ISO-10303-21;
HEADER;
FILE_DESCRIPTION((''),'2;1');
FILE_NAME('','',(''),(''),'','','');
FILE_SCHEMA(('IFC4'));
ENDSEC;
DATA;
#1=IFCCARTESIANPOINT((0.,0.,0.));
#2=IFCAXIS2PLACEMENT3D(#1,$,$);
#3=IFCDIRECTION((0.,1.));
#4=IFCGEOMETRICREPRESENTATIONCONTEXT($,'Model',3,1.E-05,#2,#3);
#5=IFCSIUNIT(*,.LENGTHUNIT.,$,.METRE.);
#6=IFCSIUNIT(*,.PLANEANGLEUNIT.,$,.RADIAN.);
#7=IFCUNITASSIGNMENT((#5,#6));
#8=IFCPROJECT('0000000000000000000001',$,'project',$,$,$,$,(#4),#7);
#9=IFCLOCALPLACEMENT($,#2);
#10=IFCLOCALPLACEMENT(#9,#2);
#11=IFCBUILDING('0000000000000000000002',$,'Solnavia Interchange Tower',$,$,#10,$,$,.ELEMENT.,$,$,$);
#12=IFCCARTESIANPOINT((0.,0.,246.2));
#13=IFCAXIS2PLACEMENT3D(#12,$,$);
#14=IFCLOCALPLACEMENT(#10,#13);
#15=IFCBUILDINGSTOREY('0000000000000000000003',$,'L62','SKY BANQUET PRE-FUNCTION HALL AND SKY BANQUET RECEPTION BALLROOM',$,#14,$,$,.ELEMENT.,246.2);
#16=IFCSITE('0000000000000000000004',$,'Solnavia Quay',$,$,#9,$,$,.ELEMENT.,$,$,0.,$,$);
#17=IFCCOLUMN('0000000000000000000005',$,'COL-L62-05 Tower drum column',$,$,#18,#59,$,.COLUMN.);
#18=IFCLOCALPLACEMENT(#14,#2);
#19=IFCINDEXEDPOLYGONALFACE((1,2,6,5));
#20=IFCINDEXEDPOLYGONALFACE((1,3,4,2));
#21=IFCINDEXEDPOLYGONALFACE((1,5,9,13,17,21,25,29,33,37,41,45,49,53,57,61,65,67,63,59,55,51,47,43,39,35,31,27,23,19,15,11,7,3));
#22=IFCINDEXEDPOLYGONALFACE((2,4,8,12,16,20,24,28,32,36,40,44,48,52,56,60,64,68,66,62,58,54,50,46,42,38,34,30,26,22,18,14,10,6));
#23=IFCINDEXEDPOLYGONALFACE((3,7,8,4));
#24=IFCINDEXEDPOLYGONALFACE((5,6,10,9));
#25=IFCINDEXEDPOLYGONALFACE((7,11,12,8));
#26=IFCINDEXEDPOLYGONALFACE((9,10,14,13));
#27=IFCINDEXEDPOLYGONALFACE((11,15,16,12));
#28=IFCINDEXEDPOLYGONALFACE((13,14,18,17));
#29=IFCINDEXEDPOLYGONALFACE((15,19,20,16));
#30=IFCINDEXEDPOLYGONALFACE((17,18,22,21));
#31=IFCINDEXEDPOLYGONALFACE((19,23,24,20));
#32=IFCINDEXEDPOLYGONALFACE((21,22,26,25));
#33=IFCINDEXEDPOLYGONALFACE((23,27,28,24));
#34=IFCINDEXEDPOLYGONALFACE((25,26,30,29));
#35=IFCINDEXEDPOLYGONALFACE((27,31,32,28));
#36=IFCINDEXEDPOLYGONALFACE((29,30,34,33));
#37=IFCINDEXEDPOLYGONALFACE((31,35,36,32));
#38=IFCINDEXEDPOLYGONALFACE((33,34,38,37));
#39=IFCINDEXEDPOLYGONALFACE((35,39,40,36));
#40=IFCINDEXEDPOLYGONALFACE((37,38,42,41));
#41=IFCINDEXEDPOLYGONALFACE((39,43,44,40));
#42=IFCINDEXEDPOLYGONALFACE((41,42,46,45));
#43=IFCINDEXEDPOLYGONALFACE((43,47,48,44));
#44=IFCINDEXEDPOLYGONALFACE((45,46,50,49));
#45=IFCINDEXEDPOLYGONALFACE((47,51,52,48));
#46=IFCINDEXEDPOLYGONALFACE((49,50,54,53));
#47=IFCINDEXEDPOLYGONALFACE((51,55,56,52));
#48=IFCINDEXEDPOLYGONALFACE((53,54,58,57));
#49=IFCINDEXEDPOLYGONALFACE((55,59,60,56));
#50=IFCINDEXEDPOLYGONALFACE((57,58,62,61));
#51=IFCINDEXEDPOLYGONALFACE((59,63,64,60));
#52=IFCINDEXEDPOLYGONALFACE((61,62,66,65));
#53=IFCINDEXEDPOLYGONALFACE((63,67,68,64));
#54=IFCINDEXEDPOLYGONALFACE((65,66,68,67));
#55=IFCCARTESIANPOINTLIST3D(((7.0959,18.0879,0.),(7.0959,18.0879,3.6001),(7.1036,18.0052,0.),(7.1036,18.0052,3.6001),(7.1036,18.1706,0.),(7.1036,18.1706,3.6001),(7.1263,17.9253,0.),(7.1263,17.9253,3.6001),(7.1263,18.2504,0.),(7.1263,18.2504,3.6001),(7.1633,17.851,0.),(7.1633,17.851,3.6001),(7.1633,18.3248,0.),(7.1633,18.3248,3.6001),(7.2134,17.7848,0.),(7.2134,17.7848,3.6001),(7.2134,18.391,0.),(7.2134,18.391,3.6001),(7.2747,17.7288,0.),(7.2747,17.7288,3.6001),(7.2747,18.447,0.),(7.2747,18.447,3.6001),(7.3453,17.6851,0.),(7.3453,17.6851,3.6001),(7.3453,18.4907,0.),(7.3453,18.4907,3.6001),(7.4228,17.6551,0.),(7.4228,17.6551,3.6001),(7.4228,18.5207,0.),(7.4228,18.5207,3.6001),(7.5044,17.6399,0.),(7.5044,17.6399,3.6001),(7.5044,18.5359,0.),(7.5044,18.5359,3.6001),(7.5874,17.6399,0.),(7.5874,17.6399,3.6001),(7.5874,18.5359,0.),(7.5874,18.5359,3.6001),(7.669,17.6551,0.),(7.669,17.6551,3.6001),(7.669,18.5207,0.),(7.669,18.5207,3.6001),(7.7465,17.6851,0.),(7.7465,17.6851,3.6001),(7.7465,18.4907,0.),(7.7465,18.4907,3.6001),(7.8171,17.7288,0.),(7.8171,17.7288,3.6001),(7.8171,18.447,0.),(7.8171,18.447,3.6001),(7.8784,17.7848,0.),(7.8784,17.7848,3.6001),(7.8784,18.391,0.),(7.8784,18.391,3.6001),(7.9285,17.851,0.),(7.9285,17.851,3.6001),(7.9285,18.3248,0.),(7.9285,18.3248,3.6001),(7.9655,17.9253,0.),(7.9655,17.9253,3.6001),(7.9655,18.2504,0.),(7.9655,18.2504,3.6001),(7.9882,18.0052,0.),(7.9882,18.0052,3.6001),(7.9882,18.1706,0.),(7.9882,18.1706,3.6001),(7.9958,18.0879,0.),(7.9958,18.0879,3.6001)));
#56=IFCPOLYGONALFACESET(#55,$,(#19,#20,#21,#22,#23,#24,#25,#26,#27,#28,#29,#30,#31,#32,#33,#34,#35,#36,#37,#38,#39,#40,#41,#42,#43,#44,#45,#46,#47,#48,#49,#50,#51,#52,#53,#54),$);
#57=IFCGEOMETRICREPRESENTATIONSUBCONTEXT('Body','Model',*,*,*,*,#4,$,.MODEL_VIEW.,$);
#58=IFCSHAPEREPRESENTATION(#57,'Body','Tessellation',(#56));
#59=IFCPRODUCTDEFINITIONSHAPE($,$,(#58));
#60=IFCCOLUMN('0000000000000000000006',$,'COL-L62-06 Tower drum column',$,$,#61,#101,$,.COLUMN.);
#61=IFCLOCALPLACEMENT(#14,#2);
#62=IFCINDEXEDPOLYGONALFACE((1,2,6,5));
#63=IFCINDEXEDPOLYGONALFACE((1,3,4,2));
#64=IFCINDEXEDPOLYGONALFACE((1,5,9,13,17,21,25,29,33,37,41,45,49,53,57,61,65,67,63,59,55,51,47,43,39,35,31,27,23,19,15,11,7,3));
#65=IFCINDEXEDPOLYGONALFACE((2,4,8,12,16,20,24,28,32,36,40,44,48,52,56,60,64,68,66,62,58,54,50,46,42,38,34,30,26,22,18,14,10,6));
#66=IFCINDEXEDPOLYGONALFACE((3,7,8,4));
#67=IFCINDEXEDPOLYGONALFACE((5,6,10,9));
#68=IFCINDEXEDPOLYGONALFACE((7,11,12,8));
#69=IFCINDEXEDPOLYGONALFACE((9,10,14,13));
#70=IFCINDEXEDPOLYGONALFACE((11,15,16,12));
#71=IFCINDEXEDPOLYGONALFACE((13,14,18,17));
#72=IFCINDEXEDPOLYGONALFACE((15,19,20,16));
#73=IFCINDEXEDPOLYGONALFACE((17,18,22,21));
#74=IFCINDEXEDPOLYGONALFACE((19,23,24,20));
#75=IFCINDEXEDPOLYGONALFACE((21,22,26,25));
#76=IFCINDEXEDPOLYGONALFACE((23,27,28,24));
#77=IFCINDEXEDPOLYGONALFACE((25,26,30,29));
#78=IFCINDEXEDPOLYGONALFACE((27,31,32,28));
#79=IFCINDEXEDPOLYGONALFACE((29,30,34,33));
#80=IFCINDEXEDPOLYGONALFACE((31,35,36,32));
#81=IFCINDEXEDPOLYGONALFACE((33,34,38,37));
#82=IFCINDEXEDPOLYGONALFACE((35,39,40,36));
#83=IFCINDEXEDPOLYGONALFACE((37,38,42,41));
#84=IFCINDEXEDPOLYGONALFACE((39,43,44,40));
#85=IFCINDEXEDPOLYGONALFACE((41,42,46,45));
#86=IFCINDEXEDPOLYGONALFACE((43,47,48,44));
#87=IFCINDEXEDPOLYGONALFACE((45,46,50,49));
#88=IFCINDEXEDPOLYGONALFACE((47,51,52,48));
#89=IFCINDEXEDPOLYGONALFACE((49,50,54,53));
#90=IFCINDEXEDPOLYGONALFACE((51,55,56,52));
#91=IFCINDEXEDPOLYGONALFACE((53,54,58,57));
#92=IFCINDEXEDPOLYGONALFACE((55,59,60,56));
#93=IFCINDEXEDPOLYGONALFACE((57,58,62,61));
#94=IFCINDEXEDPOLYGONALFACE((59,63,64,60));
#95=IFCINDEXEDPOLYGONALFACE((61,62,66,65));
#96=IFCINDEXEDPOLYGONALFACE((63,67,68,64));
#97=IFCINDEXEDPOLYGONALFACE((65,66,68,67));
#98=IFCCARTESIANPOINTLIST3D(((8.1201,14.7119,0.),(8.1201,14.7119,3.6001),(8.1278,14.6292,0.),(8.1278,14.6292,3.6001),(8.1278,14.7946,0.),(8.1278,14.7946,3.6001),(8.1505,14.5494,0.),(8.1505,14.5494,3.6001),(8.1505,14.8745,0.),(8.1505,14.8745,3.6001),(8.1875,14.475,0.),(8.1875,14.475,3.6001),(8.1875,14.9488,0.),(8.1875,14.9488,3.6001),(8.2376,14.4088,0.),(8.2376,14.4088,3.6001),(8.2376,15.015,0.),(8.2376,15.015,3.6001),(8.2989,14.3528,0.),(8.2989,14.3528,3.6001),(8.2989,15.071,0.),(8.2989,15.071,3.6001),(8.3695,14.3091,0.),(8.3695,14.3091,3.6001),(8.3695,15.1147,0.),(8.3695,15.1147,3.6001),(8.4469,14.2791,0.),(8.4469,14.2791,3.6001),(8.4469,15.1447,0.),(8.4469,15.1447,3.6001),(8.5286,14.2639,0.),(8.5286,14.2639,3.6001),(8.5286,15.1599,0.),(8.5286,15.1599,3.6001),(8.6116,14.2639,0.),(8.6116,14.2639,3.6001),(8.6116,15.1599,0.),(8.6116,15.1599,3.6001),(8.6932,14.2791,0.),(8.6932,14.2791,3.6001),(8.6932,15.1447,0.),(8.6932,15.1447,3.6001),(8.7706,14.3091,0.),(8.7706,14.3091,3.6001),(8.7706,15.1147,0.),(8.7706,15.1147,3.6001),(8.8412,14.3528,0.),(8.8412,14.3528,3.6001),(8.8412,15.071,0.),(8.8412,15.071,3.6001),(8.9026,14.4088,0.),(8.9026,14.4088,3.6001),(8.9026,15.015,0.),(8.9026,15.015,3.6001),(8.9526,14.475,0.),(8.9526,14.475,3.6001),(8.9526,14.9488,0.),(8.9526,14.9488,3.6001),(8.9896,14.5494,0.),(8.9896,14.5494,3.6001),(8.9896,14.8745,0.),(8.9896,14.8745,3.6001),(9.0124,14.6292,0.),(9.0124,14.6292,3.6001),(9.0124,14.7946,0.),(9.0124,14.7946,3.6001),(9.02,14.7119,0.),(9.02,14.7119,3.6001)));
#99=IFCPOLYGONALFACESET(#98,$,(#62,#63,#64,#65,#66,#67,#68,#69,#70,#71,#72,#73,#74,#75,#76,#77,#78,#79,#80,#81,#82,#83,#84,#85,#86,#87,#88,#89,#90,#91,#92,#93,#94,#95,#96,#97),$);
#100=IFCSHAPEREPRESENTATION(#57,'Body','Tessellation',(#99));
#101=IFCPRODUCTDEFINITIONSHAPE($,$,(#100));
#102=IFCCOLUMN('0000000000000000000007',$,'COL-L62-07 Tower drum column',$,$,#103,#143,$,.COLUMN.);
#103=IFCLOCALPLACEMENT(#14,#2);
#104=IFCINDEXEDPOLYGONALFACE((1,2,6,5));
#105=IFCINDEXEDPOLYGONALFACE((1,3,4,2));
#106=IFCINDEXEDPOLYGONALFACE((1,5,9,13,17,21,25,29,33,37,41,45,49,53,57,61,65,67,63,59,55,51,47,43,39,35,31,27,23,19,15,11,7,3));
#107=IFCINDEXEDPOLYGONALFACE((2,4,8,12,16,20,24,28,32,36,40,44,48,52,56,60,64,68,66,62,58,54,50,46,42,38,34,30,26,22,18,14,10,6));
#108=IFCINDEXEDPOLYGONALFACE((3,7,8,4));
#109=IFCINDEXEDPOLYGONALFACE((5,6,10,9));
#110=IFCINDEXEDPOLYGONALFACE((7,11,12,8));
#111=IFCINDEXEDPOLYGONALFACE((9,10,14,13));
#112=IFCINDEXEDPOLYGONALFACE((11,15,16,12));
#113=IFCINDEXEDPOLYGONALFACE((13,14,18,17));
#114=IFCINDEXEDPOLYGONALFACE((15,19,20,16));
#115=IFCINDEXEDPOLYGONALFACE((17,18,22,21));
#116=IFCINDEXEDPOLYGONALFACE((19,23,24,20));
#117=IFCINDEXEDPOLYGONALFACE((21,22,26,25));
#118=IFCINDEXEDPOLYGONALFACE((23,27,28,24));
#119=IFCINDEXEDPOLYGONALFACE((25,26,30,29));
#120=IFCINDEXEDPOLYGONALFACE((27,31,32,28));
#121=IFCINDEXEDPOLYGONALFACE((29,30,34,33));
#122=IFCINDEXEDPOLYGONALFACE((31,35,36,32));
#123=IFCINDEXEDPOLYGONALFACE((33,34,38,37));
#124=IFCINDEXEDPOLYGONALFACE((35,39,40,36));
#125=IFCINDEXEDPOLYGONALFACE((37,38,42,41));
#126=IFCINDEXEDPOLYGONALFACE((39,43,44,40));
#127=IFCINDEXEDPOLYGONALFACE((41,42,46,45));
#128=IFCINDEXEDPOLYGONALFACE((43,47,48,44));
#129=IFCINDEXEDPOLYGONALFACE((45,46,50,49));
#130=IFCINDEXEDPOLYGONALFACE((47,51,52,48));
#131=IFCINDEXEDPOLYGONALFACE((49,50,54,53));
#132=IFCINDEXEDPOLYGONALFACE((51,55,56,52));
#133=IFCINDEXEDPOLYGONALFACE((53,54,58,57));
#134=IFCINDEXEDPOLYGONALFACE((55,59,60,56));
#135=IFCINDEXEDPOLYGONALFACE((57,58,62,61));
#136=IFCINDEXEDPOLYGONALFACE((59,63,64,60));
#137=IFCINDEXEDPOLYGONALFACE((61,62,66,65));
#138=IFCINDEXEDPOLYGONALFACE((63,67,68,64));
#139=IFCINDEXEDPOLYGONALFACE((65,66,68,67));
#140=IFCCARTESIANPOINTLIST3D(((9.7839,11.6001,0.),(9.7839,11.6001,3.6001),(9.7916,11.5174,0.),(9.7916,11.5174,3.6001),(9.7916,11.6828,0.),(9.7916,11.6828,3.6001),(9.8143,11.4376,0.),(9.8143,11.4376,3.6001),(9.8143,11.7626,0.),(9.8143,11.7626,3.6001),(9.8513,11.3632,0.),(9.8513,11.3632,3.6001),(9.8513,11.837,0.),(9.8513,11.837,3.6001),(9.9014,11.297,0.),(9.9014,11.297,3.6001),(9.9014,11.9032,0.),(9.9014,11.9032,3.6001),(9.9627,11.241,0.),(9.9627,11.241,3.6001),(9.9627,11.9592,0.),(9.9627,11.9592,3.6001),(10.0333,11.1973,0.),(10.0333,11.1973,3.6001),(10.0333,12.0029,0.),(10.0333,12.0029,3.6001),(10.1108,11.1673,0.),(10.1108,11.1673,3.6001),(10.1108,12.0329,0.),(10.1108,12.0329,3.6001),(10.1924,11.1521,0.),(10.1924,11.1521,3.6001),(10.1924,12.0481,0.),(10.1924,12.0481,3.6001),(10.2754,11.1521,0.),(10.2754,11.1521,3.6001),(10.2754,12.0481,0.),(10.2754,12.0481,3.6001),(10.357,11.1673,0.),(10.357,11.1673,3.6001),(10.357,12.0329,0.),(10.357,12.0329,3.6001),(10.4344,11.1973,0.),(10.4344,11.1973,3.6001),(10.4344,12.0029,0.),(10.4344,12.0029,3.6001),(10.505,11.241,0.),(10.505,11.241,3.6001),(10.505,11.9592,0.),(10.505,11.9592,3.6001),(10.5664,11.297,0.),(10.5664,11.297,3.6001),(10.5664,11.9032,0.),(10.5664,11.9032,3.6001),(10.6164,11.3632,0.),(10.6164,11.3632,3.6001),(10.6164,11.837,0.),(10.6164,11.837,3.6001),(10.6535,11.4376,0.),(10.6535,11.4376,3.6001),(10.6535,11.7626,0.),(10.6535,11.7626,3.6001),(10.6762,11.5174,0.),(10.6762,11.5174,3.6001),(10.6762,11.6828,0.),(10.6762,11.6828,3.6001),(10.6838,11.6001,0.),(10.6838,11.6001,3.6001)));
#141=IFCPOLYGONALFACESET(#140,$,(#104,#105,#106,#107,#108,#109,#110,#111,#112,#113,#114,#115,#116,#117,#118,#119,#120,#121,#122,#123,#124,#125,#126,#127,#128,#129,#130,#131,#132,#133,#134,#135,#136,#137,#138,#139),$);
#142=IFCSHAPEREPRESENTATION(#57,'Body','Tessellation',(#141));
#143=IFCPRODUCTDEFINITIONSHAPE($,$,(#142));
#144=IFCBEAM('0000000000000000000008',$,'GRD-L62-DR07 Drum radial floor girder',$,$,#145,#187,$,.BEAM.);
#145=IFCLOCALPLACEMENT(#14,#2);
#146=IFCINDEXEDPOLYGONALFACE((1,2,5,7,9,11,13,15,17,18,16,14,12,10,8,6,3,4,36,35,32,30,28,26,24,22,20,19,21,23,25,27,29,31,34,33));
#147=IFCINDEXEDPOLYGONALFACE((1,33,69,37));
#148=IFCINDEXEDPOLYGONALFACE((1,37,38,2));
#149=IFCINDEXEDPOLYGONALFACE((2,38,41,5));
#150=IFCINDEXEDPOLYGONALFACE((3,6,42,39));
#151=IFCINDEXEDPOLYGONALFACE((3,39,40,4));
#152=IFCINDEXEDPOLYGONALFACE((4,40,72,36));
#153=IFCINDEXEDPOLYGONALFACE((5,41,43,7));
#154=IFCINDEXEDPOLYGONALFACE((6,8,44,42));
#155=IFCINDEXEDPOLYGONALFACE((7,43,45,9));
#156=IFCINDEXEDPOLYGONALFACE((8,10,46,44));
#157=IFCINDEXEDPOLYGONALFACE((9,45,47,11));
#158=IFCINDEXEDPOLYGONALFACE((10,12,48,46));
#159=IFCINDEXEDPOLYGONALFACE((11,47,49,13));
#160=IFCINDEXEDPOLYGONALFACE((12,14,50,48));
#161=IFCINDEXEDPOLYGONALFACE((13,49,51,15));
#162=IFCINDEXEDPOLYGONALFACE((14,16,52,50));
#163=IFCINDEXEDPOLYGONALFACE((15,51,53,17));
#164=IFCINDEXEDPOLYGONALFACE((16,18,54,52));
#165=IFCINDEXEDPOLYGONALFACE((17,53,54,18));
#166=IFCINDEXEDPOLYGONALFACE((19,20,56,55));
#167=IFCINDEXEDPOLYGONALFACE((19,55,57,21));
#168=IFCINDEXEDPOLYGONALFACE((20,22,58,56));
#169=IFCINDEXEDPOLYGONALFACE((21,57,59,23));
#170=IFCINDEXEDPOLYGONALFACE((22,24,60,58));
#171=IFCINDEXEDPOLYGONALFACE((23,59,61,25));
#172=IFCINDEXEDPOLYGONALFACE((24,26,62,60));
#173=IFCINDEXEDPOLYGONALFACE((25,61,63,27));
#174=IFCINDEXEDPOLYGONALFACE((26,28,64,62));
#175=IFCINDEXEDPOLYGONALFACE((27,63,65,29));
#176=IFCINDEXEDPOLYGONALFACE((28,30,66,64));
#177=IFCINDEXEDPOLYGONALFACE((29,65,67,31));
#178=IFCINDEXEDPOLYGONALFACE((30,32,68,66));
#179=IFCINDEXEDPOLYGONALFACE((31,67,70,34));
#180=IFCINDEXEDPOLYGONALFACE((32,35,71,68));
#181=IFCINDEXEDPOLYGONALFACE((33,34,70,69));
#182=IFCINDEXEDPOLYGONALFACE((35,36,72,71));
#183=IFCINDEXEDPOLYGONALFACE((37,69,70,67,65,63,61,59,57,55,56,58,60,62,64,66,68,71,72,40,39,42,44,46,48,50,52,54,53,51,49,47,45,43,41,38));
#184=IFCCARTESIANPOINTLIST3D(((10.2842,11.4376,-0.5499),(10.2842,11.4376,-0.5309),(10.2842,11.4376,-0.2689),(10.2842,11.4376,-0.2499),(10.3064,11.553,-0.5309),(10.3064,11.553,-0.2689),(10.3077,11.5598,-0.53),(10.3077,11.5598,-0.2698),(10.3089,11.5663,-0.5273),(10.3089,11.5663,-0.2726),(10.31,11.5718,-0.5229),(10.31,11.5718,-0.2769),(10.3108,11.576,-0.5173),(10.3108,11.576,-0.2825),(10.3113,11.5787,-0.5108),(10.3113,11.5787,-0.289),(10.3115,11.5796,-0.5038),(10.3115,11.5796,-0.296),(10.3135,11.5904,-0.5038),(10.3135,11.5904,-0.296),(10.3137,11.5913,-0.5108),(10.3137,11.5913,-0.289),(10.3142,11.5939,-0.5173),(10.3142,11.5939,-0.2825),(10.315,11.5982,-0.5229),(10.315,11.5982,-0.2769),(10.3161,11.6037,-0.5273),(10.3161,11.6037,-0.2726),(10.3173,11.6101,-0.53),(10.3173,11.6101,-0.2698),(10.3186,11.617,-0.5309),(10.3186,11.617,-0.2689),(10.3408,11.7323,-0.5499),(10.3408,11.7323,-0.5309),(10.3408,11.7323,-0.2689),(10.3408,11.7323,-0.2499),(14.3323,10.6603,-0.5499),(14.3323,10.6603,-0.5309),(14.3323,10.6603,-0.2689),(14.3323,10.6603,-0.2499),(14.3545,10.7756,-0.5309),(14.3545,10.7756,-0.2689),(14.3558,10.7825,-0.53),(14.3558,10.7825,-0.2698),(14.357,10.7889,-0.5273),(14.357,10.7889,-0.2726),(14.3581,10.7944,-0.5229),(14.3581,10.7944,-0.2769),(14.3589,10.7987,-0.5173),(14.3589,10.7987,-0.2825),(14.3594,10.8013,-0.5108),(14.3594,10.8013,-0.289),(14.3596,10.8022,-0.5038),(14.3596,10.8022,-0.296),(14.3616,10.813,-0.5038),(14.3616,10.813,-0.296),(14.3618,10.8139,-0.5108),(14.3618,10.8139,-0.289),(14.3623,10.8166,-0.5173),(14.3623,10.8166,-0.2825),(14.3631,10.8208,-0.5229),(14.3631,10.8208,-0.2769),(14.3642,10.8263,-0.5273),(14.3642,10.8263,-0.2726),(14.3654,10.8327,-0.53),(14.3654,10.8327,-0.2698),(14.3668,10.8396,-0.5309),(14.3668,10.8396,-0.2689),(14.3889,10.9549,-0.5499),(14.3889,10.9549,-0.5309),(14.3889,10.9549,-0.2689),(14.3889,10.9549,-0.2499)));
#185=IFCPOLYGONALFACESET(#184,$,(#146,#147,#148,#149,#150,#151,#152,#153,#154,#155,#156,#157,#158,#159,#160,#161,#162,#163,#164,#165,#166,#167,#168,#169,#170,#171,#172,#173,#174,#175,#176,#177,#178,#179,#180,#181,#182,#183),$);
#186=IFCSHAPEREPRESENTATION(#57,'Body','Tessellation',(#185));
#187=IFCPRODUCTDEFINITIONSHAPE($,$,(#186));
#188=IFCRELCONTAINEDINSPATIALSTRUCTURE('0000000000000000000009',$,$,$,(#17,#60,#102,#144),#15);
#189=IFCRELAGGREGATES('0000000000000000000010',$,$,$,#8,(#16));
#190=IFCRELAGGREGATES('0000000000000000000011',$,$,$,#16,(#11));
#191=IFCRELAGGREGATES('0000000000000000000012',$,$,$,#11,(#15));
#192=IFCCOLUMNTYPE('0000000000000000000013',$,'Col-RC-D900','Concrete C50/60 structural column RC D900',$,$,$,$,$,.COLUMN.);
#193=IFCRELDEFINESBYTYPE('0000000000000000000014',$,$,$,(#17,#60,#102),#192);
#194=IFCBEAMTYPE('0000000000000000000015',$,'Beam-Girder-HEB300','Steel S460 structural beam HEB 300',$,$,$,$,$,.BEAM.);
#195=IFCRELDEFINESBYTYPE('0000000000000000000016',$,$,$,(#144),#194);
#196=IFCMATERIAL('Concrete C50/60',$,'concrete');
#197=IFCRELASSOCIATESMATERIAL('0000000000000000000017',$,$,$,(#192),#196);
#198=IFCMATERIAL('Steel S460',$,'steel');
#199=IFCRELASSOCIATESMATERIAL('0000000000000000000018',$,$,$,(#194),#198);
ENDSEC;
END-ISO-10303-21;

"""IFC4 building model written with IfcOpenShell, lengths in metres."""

from ifc_helpers import new_model, si_unit, direction, frame, origin, origin_2d, place, context, subcontext, project, spatial, circle, i_section, extrude, material, material_profile, profile_set, type_object, element, save


model = new_model("IFC4")

# Units and contexts
model_context = context("Model", 3, precision=1e-05, world=origin(), true_north=direction((0.0, 1.0)))
body_context = subcontext(model_context, "Body", "Model", "MODEL_VIEW")
ifc_project = project(units=[si_unit("LENGTHUNIT", "METRE"), si_unit("PLANEANGLEUNIT", "RADIAN")], contexts=[model_context])

# Site, building, storey
site_placement = place(None, origin())
site = spatial("IfcSite", under=ifc_project, at=site_placement, Name="Solnavia Quay", CompositionType="ELEMENT", RefElevation=0.0)
building_placement = place(site_placement, origin())
building = spatial("IfcBuilding", under=site, at=building_placement, Name="Solnavia Interchange Tower", CompositionType="ELEMENT")
storey_placement = place(building_placement, frame((0.0, 0.0, 246.2)))
storey = spatial("IfcBuildingStorey", under=building, at=storey_placement, Name="L62", Description="SKY BANQUET PRE-FUNCTION HALL AND SKY BANQUET RECEPTION BALLROOM", CompositionType="ELEMENT", Elevation=246.2)

# Columns
ifc_material_1 = material(Name="Concrete C50/60", Category="concrete")
ifc_material_profile_1 = material_profile(ifc_material_1, circle(Radius=0.45, at=origin_2d()), Name="RC D900")
ifc_profile_set_1 = profile_set([ifc_material_profile_1], Name="Concrete C50/60")
column_type = type_object("IfcColumnType", Name="Col-RC-D900", Description="Concrete C50/60 structural column RC D900", PredefinedType="COLUMN", material=ifc_profile_set_1)
for number, where, z_axis, x_axis, name in (
    (1, (7.5459, 18.0879, 0.0), (0.0, 0.0, 1.0), (1.0, 0.0, 0.0), "COL-L62-05 Tower drum column"),
    (2, (8.5701, 14.7119, 0.0), (0.0, 0.0, 1.0), (1.0, 0.0, 0.0), "COL-L62-06 Tower drum column"),
    (3, (10.2339, 11.6001, 0.0), (0.0, 0.0, 1.0), (1.0, 0.0, 0.0), "COL-L62-07 Tower drum column"),
):
    element("IfcColumn", number, at=place(storey_placement, frame(where, z_axis=z_axis, x_axis=x_axis)), inside=storey, type_object=column_type, Name=name, PredefinedType="COLUMN", context=body_context, shape_type="SweptSolid", body=[
        extrude(circle(Radius=0.45, at=origin_2d()), origin(), (0.0, 0.0, 1.0), 3.6001),
    ])

# Beam
ifc_material_2 = material(Name="Steel S460", Category="steel")
ifc_material_profile_2 = material_profile(ifc_material_2, i_section(OverallWidth=0.3, OverallDepth=0.3, WebThickness=0.011, FlangeThickness=0.019, FilletRadius=0.0271, at=origin_2d()), Name="HEB 300")
ifc_profile_set_2 = profile_set([ifc_material_profile_2], Name="Steel S460")
beam_type_1 = type_object("IfcBeamType", Name="Beam-Girder-HEB300", Description="Steel S460 structural beam HEB 300", PredefinedType="BEAM", material=ifc_profile_set_2)
beam_1_placement = place(storey_placement, frame((10.3125, 11.585, -0.3999), z_axis=(0.982058, -0.188582, 0.0), x_axis=(0.188582, 0.982058, 0.0)))
element("IfcBeam", 4, at=beam_1_placement, inside=storey, type_object=beam_type_1, Name="GRD-L62-DR07 Drum radial floor girder", PredefinedType="BEAM", context=body_context, shape_type="SweptSolid", body=[
    extrude(i_section(OverallWidth=0.3, OverallDepth=0.3, WebThickness=0.011, FlangeThickness=0.019, FilletRadius=0.0271, at=origin_2d()), origin(), (0.0, 0.0, 1.0), 4.1221),
])

save(model, "model.ifc")
